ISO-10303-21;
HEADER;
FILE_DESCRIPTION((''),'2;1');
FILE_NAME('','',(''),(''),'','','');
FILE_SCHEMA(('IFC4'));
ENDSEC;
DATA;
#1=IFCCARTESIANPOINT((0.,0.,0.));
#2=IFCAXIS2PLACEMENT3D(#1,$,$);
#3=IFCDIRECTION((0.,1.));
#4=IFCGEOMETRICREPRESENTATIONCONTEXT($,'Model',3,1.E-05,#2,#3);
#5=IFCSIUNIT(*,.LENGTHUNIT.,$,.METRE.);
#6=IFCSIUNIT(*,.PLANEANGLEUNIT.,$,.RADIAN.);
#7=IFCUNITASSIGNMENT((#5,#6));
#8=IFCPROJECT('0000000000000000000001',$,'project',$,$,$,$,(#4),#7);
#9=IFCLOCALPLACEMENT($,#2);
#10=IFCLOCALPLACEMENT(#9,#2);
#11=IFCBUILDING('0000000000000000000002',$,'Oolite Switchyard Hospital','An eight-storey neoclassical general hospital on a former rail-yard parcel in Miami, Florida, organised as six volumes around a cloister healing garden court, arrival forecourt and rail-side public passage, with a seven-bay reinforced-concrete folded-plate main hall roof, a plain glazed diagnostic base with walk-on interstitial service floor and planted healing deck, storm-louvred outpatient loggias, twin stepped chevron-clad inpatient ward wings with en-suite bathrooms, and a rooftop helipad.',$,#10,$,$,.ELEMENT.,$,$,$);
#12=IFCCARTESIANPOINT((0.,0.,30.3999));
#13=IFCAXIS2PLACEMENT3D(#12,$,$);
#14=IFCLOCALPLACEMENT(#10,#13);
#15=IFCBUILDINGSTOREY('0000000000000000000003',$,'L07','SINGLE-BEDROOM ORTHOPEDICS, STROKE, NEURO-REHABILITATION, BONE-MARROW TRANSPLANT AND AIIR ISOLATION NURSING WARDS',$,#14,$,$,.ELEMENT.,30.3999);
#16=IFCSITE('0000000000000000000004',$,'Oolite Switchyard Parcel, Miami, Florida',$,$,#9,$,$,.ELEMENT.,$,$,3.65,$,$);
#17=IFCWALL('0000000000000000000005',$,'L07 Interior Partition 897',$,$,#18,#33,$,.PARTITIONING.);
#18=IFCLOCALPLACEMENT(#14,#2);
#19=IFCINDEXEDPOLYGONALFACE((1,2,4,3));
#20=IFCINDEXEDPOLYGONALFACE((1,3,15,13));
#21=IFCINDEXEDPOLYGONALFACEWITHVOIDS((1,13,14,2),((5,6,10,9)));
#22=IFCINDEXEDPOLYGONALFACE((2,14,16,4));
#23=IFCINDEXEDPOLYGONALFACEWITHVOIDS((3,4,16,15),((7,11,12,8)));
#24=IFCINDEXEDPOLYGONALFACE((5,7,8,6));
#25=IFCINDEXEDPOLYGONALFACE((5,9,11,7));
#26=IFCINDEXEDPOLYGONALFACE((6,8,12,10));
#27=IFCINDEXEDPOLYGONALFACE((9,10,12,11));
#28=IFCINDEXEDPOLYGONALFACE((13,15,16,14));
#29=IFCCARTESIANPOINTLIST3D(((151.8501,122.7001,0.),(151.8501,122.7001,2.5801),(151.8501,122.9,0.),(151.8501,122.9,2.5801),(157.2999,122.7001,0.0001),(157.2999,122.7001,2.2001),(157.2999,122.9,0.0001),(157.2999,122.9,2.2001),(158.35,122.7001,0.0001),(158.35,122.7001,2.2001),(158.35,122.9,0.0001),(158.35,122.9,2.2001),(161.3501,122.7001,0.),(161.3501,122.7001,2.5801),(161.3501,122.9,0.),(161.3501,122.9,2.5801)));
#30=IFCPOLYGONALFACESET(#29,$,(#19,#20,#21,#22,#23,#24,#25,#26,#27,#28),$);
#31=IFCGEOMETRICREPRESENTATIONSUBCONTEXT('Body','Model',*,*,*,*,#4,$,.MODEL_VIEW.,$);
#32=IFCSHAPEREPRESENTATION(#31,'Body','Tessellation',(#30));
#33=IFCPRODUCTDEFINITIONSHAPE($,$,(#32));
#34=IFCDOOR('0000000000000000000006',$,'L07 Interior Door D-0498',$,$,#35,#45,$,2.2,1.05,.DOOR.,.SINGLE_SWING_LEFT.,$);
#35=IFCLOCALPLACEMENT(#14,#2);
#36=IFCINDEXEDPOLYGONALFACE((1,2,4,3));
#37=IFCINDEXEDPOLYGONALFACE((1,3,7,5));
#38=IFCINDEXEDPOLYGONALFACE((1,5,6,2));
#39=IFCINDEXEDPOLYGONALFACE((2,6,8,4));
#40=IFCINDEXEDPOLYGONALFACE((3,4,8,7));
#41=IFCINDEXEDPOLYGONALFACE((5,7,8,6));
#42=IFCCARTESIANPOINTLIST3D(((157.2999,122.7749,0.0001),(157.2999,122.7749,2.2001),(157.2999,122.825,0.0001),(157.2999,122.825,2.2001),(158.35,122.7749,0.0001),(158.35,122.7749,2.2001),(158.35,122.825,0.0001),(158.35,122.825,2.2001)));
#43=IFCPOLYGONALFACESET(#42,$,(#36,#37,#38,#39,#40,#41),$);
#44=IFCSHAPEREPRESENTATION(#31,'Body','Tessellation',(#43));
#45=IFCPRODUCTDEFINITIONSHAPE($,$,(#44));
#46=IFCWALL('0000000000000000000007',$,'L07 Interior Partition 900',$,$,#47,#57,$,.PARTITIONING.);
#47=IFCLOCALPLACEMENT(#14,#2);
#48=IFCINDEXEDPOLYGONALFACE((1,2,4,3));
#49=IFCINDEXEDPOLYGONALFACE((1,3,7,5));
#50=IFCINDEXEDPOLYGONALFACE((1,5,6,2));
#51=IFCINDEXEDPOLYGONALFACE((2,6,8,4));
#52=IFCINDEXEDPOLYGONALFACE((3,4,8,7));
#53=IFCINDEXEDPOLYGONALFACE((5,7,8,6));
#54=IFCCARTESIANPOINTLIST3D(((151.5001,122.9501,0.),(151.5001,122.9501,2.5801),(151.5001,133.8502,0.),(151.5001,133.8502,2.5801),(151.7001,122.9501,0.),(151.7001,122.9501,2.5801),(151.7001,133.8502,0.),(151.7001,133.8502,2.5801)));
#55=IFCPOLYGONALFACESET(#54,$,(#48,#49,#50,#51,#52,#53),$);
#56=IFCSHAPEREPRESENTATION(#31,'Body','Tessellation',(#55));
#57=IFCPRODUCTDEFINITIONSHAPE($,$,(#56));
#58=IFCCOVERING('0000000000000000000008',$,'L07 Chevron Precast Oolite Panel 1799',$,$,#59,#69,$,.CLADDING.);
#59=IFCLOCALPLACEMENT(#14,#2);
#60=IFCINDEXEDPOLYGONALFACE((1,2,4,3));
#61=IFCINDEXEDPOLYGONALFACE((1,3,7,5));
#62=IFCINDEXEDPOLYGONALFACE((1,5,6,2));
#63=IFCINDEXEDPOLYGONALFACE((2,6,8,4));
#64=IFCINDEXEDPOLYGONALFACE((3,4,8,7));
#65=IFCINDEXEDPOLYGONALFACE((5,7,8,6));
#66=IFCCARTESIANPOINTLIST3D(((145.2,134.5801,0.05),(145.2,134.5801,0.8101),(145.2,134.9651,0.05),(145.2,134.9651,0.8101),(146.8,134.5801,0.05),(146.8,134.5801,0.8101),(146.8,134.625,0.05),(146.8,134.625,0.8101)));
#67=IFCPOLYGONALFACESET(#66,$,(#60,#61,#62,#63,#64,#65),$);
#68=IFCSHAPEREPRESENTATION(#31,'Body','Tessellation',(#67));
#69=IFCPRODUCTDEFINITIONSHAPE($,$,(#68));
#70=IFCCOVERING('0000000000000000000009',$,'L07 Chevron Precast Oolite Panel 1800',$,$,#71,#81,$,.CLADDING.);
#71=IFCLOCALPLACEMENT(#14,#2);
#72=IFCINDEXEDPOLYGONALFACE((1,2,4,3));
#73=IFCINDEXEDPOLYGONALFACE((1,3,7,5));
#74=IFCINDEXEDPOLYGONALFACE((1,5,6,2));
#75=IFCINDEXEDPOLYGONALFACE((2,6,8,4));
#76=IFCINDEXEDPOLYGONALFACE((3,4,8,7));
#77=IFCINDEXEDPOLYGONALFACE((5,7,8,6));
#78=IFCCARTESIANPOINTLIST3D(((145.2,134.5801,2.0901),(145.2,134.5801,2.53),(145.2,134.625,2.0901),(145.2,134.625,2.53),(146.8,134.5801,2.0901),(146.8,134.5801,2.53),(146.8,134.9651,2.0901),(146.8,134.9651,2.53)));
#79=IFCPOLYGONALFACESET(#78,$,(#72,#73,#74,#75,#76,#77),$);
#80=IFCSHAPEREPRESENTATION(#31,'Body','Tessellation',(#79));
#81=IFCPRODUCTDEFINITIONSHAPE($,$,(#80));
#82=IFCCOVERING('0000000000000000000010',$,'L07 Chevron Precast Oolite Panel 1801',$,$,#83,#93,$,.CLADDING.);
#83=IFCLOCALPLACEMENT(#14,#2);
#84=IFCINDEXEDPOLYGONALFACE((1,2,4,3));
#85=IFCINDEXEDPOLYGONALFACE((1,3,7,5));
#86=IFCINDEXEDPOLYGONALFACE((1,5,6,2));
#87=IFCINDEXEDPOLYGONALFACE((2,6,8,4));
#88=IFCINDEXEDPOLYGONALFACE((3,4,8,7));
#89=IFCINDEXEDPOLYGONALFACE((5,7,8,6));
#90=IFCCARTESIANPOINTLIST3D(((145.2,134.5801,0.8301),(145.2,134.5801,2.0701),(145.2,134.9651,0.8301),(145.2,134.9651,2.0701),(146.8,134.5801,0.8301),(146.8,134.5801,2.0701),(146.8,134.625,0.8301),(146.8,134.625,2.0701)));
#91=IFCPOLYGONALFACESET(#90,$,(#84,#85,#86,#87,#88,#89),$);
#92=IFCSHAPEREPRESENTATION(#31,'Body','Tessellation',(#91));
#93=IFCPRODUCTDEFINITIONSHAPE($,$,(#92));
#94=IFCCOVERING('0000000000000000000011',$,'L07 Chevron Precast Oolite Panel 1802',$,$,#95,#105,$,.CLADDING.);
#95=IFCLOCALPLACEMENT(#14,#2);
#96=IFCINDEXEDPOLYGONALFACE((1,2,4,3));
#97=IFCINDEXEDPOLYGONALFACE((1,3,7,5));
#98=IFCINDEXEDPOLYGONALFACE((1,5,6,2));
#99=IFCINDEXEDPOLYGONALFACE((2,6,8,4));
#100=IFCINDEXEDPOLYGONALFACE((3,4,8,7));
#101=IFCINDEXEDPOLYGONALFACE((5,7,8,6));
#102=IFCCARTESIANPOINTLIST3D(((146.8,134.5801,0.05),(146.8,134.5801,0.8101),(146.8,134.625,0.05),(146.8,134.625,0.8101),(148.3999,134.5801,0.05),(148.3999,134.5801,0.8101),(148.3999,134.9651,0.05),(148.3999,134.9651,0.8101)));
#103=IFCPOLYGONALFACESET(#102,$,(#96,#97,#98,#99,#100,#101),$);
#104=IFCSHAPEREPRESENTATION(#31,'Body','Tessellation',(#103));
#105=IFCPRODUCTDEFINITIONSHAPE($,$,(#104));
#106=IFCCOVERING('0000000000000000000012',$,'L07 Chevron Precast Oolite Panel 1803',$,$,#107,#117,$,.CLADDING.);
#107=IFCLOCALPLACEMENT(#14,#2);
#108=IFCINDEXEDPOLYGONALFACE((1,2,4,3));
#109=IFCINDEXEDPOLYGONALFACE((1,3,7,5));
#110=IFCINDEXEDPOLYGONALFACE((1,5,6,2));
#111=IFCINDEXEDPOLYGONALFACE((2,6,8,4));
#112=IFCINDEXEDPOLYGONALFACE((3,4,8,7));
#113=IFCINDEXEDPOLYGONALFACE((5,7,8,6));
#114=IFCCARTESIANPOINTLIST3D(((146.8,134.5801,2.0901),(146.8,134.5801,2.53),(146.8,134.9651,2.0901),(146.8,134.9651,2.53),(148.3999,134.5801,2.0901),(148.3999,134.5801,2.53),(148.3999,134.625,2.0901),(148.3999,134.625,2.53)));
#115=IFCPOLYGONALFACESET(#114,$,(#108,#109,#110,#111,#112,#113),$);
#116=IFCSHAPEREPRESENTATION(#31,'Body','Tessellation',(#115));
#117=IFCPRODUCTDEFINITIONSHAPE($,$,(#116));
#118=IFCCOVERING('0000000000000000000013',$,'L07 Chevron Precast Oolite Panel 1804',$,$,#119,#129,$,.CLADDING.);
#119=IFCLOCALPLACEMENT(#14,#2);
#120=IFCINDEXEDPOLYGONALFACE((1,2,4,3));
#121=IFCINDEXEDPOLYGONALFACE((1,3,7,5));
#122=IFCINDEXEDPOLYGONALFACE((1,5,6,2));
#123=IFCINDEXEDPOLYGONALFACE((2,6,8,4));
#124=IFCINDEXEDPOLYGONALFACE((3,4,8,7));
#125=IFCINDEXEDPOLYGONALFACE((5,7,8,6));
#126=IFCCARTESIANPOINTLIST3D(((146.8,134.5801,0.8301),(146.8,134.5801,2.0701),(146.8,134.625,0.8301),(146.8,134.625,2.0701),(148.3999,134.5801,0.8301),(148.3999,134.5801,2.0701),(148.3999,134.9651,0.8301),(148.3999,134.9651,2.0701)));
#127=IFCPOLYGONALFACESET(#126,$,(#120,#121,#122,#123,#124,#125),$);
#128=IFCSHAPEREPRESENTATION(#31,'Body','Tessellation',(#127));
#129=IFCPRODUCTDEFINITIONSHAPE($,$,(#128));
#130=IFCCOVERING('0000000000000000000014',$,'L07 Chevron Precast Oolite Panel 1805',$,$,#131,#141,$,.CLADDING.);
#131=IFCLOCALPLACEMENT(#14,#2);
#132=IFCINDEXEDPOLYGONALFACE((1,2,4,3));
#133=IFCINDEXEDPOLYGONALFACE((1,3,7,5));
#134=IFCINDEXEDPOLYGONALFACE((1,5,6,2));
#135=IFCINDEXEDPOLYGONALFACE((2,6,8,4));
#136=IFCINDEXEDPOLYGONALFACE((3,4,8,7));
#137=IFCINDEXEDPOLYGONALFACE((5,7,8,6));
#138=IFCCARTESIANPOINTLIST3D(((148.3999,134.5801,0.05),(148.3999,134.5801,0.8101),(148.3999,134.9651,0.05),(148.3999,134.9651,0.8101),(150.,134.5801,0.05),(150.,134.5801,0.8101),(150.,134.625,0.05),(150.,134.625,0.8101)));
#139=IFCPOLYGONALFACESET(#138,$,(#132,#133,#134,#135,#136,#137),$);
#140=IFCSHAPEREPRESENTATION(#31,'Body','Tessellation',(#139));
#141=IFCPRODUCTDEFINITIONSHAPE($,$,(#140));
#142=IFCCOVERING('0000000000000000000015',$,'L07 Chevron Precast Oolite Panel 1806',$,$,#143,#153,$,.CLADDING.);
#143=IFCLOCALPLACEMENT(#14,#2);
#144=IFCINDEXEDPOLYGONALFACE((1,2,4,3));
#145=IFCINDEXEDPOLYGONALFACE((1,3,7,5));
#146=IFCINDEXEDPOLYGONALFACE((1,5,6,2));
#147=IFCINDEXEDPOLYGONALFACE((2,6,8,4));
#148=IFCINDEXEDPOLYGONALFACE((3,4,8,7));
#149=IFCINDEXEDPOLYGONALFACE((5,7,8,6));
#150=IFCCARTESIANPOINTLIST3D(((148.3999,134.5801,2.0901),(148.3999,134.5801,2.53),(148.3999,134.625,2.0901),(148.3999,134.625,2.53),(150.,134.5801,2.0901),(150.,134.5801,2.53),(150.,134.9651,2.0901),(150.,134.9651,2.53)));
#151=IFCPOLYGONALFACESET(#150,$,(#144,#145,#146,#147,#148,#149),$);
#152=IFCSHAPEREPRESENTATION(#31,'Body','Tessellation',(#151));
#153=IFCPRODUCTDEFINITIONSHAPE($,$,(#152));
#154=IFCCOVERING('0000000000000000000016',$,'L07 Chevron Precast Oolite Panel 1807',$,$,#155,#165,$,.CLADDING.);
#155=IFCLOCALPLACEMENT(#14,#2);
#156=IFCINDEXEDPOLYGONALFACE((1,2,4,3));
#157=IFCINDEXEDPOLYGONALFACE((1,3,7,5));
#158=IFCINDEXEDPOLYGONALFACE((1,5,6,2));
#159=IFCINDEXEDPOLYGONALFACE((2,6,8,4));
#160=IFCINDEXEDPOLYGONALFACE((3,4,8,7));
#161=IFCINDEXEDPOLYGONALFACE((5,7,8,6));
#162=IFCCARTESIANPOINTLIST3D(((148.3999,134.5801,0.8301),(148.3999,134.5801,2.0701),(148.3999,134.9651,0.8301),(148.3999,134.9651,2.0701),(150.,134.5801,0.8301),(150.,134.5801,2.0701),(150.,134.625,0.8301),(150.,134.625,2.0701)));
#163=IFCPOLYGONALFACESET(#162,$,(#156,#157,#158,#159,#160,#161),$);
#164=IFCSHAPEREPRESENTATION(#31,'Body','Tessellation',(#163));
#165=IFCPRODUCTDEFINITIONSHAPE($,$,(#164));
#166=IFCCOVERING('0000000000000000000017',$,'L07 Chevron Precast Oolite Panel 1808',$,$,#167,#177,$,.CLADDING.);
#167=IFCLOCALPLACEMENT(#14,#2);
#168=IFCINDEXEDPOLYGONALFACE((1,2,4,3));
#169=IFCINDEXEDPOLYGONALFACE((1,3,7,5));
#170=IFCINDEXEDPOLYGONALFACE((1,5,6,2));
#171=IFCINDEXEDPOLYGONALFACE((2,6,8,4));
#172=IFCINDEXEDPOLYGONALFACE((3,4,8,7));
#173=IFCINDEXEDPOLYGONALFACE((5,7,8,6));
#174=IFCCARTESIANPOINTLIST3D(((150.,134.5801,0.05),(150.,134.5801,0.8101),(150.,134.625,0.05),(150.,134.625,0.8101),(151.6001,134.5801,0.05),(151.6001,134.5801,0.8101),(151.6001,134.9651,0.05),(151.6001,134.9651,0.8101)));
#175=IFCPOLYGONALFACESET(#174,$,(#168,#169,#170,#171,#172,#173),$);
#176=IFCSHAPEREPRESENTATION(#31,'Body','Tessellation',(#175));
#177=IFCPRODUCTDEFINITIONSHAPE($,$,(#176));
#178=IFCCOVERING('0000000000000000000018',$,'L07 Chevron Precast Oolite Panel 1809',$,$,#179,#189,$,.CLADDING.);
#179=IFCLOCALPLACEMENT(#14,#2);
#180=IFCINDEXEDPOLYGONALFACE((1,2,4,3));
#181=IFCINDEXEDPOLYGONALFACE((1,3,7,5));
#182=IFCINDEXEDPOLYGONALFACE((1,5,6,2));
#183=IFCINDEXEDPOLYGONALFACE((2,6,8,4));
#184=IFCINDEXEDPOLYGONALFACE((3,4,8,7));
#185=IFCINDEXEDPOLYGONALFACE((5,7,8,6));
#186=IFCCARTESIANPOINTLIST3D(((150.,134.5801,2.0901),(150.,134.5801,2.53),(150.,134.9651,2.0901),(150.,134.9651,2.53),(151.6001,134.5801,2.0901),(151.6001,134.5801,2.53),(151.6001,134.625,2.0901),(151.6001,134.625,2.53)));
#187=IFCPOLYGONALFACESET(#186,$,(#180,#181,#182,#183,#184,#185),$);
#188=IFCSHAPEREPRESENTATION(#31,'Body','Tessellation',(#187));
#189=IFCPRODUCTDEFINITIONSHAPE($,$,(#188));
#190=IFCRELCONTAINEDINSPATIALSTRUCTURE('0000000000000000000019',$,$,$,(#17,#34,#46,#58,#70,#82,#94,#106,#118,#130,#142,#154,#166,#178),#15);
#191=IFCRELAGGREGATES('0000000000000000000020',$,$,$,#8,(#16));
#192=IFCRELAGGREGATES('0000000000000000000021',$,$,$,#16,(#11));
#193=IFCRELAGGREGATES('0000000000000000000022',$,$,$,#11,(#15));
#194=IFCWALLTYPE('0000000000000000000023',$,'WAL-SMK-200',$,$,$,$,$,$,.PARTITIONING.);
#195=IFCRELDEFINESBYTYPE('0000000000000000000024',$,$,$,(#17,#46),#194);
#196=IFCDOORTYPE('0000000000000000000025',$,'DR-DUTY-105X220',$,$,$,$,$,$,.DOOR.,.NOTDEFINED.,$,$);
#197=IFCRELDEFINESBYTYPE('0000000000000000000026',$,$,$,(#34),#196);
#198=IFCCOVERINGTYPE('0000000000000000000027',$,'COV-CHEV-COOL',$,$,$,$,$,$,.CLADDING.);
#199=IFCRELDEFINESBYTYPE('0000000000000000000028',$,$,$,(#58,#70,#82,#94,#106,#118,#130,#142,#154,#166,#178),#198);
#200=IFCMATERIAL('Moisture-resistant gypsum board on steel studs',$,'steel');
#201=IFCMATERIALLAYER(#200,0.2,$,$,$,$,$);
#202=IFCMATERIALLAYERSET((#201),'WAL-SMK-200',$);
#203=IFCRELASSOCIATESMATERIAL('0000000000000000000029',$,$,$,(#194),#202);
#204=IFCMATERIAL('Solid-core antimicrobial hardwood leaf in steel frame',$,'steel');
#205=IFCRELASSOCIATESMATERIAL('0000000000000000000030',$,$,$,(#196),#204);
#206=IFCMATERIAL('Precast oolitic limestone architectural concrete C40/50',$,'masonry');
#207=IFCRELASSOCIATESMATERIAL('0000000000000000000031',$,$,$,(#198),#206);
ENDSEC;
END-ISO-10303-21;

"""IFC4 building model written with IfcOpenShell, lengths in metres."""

from ifc_helpers import new_model, si_unit, direction, frame, frame_2d, origin, place, context, subcontext, project, spatial, polyline, rectangle, outline, extrude, material, layer, layer_set, type_object, element, fill, save


model = new_model("IFC4")

# Units and contexts
model_context = context("Model", 3, precision=1e-05, world=origin(), true_north=direction((0.0, 1.0)))
body_context = subcontext(model_context, "Body", "Model", "MODEL_VIEW")
ifc_project = project(units=[si_unit("LENGTHUNIT", "METRE"), si_unit("PLANEANGLEUNIT", "RADIAN")], contexts=[model_context])

# Site, building, storey
site_placement = place(None, origin())
site = spatial("IfcSite", under=ifc_project, at=site_placement, Name="Oolite Switchyard Parcel, Miami, Florida", CompositionType="ELEMENT", RefElevation=3.65)
building_placement = place(site_placement, origin())
building = spatial("IfcBuilding", under=site, at=building_placement, Name="Oolite Switchyard Hospital", Description="An eight-storey neoclassical general hospital on a former rail-yard parcel in Miami, Florida, organised as six volumes around a cloister healing garden court, arrival forecourt and rail-side public passage, with a seven-bay reinforced-concrete folded-plate main hall roof, a plain glazed diagnostic base with walk-on interstitial service floor and planted healing deck, storm-louvred outpatient loggias, twin stepped chevron-clad inpatient ward wings with en-suite bathrooms, and a rooftop helipad.", CompositionType="ELEMENT")
storey_placement = place(building_placement, frame((0.0, 0.0, 30.3999)))
storey = spatial("IfcBuildingStorey", under=building, at=storey_placement, Name="L07", Description="SINGLE-BEDROOM ORTHOPEDICS, STROKE, NEURO-REHABILITATION, BONE-MARROW TRANSPLANT AND AIIR ISOLATION NURSING WARDS", CompositionType="ELEMENT", Elevation=30.3999)

# Shared definitions
ifc_material_1 = material(Name="Moisture-resistant gypsum board on steel studs", Category="steel")

# Wall, opening, door
ifc_layer_1 = layer(ifc_material_1, 0.2)
ifc_layer_set_1 = layer_set([ifc_layer_1], Name="WAL-SMK-200")
wall_type_1 = type_object("IfcWallType", Name="WAL-SMK-200", PredefinedType="PARTITIONING", material=ifc_layer_set_1)
wall_1_placement = place(storey_placement, frame((151.8501, 122.8, 0.0), z_axis=(0.0, 0.0, 1.0), x_axis=(1.0, 0.0, 0.0)))
wall_1 = element("IfcWall", 1, at=wall_1_placement, inside=storey, type_object=wall_type_1, Name="L07 Interior Partition 897", PredefinedType="PARTITIONING", context=body_context, shape_type="SweptSolid", body=[
    extrude(rectangle(XDim=9.5, YDim=0.2, at=frame_2d((4.75, 0.0))), origin(), (0.0, 0.0, 1.0), 2.5801),
])
opening_placement = place(wall_1_placement, frame((5.45, 0.0, 0.0)))
opening = element("IfcOpeningElement", 2, at=opening_placement, cuts=wall_1, PredefinedType="OPENING", context=body_context, shape_type="SweptSolid", body=[
    extrude(rectangle(XDim=1.05, YDim=2.2, at=frame_2d((0.5249, 1.1001))), frame((0.0, 0.1099, 0.0), z_axis=(0.0, -1.0, 0.0), x_axis=(1.0, 0.0, 0.0)), (0.0, 0.0, 1.0), 0.22),
])
ifc_material_2 = material(Name="Solid-core antimicrobial hardwood leaf in steel frame", Category="steel")
door_type = type_object("IfcDoorType", Name="DR-DUTY-105X220", OperationType="NOTDEFINED", PredefinedType="DOOR", material=ifc_material_2)
door_placement = place(opening_placement, origin())
door = element("IfcDoor", 3, at=door_placement, inside=storey, type_object=door_type, Name="L07 Interior Door D-0498", OperationType="SINGLE_SWING_LEFT", OverallHeight=2.2, OverallWidth=1.05, PredefinedType="DOOR", context=body_context, shape_type="SweptSolid", body=[
    extrude(rectangle(XDim=1.05, YDim=2.2, at=frame_2d((0.5249, 1.1001))), frame((0.0, 0.0249, 0.0), z_axis=(0.0, -1.0, 0.0), x_axis=(1.0, 0.0, 0.0)), (0.0, 0.0, 1.0), 0.05),
])
fill(opening, door)

# Wall
wall_2_placement = place(storey_placement, frame((151.6001, 122.95, 0.0), z_axis=(0.0, 0.0, 1.0), x_axis=(0.0, 1.0, 0.0)))
element("IfcWall", 4, at=wall_2_placement, inside=storey, type_object=wall_type_1, Name="L07 Interior Partition 900", PredefinedType="PARTITIONING", context=body_context, shape_type="SweptSolid", body=[
    extrude(rectangle(XDim=10.9001, YDim=0.2, at=frame_2d((5.4502, 0.0))), origin(), (0.0, 0.0, 1.0), 2.5801),
])

# Coverings
ifc_material_3 = material(Name="Precast oolitic limestone architectural concrete C40/50", Category="masonry")
covering_type = type_object("IfcCoveringType", Name="COV-CHEV-COOL", PredefinedType="CLADDING", material=ifc_material_3)
covering_1_placement = place(storey_placement, frame((145.2, 134.5801, 0.05), z_axis=(0.0, 0.0, 1.0), x_axis=(1.0, 0.0, 0.0)))
element("IfcCovering", 5, at=covering_1_placement, inside=storey, type_object=covering_type, Name="L07 Chevron Precast Oolite Panel 1799", PredefinedType="CLADDING", context=body_context, shape_type="SweptSolid", body=[
    extrude(outline(polyline([(0.0, 0.0), (1.6001, 0.0), (1.6001, 0.0449), (0.0, 0.385), (0.0, 0.0)])), origin(), (0.0, 0.0, 1.0), 0.76),
])
covering_2_placement = place(storey_placement, frame((145.2, 134.5801, 2.0901), z_axis=(0.0, 0.0, 1.0), x_axis=(1.0, 0.0, 0.0)))
element("IfcCovering", 6, at=covering_2_placement, inside=storey, type_object=covering_type, Name="L07 Chevron Precast Oolite Panel 1800", PredefinedType="CLADDING", context=body_context, shape_type="SweptSolid", body=[
    extrude(outline(polyline([(0.0, 0.0), (1.6001, 0.0), (1.6001, 0.385), (0.0, 0.0449), (0.0, 0.0)])), origin(), (0.0, 0.0, 1.0), 0.4399),
])
covering_3_placement = place(storey_placement, frame((145.2, 134.5801, 0.8301), z_axis=(0.0, 0.0, 1.0), x_axis=(1.0, 0.0, 0.0)))
element("IfcCovering", 7, at=covering_3_placement, inside=storey, type_object=covering_type, Name="L07 Chevron Precast Oolite Panel 1801", PredefinedType="CLADDING", context=body_context, shape_type="SweptSolid", body=[
    extrude(outline(polyline([(0.0, 0.0), (1.6001, 0.0), (1.6001, 0.0449), (0.0, 0.385), (0.0, 0.0)])), origin(), (0.0, 0.0, 1.0), 1.24),
])
covering_4_placement = place(storey_placement, frame((146.8, 134.5801, 0.05), z_axis=(0.0, 0.0, 1.0), x_axis=(1.0, 0.0, 0.0)))
element("IfcCovering", 8, at=covering_4_placement, inside=storey, type_object=covering_type, Name="L07 Chevron Precast Oolite Panel 1802", PredefinedType="CLADDING", context=body_context, shape_type="SweptSolid", body=[
    extrude(outline(polyline([(0.0, 0.0), (1.5999, 0.0), (1.5999, 0.385), (0.0, 0.0449), (0.0, 0.0)])), origin(), (0.0, 0.0, 1.0), 0.76),
])
covering_5_placement = place(storey_placement, frame((146.8, 134.5801, 2.0901), z_axis=(0.0, 0.0, 1.0), x_axis=(1.0, 0.0, 0.0)))
element("IfcCovering", 9, at=covering_5_placement, inside=storey, type_object=covering_type, Name="L07 Chevron Precast Oolite Panel 1803", PredefinedType="CLADDING", context=body_context, shape_type="SweptSolid", body=[
    extrude(outline(polyline([(0.0, 0.0), (1.5999, 0.0), (1.5999, 0.0449), (0.0, 0.385), (0.0, 0.0)])), origin(), (0.0, 0.0, 1.0), 0.4399),
])
covering_6_placement = place(storey_placement, frame((146.8, 134.5801, 0.8301), z_axis=(0.0, 0.0, 1.0), x_axis=(1.0, 0.0, 0.0)))
element("IfcCovering", 10, at=covering_6_placement, inside=storey, type_object=covering_type, Name="L07 Chevron Precast Oolite Panel 1804", PredefinedType="CLADDING", context=body_context, shape_type="SweptSolid", body=[
    extrude(outline(polyline([(0.0, 0.0), (1.5999, 0.0), (1.5999, 0.385), (0.0, 0.0449), (0.0, 0.0)])), origin(), (0.0, 0.0, 1.0), 1.24),
])
covering_7_placement = place(storey_placement, frame((148.3999, 134.5801, 0.05), z_axis=(0.0, 0.0, 1.0), x_axis=(1.0, 0.0, 0.0)))
element("IfcCovering", 11, at=covering_7_placement, inside=storey, type_object=covering_type, Name="L07 Chevron Precast Oolite Panel 1805", PredefinedType="CLADDING", context=body_context, shape_type="SweptSolid", body=[
    extrude(outline(polyline([(0.0, 0.0), (1.6001, 0.0), (1.6001, 0.0449), (0.0, 0.385), (0.0, 0.0)])), origin(), (0.0, 0.0, 1.0), 0.76),
])
covering_8_placement = place(storey_placement, frame((148.3999, 134.5801, 2.0901), z_axis=(0.0, 0.0, 1.0), x_axis=(1.0, 0.0, 0.0)))
element("IfcCovering", 12, at=covering_8_placement, inside=storey, type_object=covering_type, Name="L07 Chevron Precast Oolite Panel 1806", PredefinedType="CLADDING", context=body_context, shape_type="SweptSolid", body=[
    extrude(outline(polyline([(0.0, 0.0), (1.6001, 0.0), (1.6001, 0.385), (0.0, 0.0449), (0.0, 0.0)])), origin(), (0.0, 0.0, 1.0), 0.4399),
])
covering_9_placement = place(storey_placement, frame((148.3999, 134.5801, 0.8301), z_axis=(0.0, 0.0, 1.0), x_axis=(1.0, 0.0, 0.0)))
element("IfcCovering", 13, at=covering_9_placement, inside=storey, type_object=covering_type, Name="L07 Chevron Precast Oolite Panel 1807", PredefinedType="CLADDING", context=body_context, shape_type="SweptSolid", body=[
    extrude(outline(polyline([(0.0, 0.0), (1.6001, 0.0), (1.6001, 0.0449), (0.0, 0.385), (0.0, 0.0)])), origin(), (0.0, 0.0, 1.0), 1.24),
])
covering_10_placement = place(storey_placement, frame((150.0, 134.5801, 0.05), z_axis=(0.0, 0.0, 1.0), x_axis=(1.0, 0.0, 0.0)))
element("IfcCovering", 14, at=covering_10_placement, inside=storey, type_object=covering_type, Name="L07 Chevron Precast Oolite Panel 1808", PredefinedType="CLADDING", context=body_context, shape_type="SweptSolid", body=[
    extrude(outline(polyline([(0.0, 0.0), (1.6001, 0.0), (1.6001, 0.385), (0.0, 0.0449), (0.0, 0.0)])), origin(), (0.0, 0.0, 1.0), 0.76),
])
covering_11_placement = place(storey_placement, frame((150.0, 134.5801, 2.0901), z_axis=(0.0, 0.0, 1.0), x_axis=(1.0, 0.0, 0.0)))
element("IfcCovering", 15, at=covering_11_placement, inside=storey, type_object=covering_type, Name="L07 Chevron Precast Oolite Panel 1809", PredefinedType="CLADDING", context=body_context, shape_type="SweptSolid", body=[
    extrude(outline(polyline([(0.0, 0.0), (1.6001, 0.0), (1.6001, 0.0449), (0.0, 0.385), (0.0, 0.0)])), origin(), (0.0, 0.0, 1.0), 0.4399),
])

save(model, "model.ifc")
